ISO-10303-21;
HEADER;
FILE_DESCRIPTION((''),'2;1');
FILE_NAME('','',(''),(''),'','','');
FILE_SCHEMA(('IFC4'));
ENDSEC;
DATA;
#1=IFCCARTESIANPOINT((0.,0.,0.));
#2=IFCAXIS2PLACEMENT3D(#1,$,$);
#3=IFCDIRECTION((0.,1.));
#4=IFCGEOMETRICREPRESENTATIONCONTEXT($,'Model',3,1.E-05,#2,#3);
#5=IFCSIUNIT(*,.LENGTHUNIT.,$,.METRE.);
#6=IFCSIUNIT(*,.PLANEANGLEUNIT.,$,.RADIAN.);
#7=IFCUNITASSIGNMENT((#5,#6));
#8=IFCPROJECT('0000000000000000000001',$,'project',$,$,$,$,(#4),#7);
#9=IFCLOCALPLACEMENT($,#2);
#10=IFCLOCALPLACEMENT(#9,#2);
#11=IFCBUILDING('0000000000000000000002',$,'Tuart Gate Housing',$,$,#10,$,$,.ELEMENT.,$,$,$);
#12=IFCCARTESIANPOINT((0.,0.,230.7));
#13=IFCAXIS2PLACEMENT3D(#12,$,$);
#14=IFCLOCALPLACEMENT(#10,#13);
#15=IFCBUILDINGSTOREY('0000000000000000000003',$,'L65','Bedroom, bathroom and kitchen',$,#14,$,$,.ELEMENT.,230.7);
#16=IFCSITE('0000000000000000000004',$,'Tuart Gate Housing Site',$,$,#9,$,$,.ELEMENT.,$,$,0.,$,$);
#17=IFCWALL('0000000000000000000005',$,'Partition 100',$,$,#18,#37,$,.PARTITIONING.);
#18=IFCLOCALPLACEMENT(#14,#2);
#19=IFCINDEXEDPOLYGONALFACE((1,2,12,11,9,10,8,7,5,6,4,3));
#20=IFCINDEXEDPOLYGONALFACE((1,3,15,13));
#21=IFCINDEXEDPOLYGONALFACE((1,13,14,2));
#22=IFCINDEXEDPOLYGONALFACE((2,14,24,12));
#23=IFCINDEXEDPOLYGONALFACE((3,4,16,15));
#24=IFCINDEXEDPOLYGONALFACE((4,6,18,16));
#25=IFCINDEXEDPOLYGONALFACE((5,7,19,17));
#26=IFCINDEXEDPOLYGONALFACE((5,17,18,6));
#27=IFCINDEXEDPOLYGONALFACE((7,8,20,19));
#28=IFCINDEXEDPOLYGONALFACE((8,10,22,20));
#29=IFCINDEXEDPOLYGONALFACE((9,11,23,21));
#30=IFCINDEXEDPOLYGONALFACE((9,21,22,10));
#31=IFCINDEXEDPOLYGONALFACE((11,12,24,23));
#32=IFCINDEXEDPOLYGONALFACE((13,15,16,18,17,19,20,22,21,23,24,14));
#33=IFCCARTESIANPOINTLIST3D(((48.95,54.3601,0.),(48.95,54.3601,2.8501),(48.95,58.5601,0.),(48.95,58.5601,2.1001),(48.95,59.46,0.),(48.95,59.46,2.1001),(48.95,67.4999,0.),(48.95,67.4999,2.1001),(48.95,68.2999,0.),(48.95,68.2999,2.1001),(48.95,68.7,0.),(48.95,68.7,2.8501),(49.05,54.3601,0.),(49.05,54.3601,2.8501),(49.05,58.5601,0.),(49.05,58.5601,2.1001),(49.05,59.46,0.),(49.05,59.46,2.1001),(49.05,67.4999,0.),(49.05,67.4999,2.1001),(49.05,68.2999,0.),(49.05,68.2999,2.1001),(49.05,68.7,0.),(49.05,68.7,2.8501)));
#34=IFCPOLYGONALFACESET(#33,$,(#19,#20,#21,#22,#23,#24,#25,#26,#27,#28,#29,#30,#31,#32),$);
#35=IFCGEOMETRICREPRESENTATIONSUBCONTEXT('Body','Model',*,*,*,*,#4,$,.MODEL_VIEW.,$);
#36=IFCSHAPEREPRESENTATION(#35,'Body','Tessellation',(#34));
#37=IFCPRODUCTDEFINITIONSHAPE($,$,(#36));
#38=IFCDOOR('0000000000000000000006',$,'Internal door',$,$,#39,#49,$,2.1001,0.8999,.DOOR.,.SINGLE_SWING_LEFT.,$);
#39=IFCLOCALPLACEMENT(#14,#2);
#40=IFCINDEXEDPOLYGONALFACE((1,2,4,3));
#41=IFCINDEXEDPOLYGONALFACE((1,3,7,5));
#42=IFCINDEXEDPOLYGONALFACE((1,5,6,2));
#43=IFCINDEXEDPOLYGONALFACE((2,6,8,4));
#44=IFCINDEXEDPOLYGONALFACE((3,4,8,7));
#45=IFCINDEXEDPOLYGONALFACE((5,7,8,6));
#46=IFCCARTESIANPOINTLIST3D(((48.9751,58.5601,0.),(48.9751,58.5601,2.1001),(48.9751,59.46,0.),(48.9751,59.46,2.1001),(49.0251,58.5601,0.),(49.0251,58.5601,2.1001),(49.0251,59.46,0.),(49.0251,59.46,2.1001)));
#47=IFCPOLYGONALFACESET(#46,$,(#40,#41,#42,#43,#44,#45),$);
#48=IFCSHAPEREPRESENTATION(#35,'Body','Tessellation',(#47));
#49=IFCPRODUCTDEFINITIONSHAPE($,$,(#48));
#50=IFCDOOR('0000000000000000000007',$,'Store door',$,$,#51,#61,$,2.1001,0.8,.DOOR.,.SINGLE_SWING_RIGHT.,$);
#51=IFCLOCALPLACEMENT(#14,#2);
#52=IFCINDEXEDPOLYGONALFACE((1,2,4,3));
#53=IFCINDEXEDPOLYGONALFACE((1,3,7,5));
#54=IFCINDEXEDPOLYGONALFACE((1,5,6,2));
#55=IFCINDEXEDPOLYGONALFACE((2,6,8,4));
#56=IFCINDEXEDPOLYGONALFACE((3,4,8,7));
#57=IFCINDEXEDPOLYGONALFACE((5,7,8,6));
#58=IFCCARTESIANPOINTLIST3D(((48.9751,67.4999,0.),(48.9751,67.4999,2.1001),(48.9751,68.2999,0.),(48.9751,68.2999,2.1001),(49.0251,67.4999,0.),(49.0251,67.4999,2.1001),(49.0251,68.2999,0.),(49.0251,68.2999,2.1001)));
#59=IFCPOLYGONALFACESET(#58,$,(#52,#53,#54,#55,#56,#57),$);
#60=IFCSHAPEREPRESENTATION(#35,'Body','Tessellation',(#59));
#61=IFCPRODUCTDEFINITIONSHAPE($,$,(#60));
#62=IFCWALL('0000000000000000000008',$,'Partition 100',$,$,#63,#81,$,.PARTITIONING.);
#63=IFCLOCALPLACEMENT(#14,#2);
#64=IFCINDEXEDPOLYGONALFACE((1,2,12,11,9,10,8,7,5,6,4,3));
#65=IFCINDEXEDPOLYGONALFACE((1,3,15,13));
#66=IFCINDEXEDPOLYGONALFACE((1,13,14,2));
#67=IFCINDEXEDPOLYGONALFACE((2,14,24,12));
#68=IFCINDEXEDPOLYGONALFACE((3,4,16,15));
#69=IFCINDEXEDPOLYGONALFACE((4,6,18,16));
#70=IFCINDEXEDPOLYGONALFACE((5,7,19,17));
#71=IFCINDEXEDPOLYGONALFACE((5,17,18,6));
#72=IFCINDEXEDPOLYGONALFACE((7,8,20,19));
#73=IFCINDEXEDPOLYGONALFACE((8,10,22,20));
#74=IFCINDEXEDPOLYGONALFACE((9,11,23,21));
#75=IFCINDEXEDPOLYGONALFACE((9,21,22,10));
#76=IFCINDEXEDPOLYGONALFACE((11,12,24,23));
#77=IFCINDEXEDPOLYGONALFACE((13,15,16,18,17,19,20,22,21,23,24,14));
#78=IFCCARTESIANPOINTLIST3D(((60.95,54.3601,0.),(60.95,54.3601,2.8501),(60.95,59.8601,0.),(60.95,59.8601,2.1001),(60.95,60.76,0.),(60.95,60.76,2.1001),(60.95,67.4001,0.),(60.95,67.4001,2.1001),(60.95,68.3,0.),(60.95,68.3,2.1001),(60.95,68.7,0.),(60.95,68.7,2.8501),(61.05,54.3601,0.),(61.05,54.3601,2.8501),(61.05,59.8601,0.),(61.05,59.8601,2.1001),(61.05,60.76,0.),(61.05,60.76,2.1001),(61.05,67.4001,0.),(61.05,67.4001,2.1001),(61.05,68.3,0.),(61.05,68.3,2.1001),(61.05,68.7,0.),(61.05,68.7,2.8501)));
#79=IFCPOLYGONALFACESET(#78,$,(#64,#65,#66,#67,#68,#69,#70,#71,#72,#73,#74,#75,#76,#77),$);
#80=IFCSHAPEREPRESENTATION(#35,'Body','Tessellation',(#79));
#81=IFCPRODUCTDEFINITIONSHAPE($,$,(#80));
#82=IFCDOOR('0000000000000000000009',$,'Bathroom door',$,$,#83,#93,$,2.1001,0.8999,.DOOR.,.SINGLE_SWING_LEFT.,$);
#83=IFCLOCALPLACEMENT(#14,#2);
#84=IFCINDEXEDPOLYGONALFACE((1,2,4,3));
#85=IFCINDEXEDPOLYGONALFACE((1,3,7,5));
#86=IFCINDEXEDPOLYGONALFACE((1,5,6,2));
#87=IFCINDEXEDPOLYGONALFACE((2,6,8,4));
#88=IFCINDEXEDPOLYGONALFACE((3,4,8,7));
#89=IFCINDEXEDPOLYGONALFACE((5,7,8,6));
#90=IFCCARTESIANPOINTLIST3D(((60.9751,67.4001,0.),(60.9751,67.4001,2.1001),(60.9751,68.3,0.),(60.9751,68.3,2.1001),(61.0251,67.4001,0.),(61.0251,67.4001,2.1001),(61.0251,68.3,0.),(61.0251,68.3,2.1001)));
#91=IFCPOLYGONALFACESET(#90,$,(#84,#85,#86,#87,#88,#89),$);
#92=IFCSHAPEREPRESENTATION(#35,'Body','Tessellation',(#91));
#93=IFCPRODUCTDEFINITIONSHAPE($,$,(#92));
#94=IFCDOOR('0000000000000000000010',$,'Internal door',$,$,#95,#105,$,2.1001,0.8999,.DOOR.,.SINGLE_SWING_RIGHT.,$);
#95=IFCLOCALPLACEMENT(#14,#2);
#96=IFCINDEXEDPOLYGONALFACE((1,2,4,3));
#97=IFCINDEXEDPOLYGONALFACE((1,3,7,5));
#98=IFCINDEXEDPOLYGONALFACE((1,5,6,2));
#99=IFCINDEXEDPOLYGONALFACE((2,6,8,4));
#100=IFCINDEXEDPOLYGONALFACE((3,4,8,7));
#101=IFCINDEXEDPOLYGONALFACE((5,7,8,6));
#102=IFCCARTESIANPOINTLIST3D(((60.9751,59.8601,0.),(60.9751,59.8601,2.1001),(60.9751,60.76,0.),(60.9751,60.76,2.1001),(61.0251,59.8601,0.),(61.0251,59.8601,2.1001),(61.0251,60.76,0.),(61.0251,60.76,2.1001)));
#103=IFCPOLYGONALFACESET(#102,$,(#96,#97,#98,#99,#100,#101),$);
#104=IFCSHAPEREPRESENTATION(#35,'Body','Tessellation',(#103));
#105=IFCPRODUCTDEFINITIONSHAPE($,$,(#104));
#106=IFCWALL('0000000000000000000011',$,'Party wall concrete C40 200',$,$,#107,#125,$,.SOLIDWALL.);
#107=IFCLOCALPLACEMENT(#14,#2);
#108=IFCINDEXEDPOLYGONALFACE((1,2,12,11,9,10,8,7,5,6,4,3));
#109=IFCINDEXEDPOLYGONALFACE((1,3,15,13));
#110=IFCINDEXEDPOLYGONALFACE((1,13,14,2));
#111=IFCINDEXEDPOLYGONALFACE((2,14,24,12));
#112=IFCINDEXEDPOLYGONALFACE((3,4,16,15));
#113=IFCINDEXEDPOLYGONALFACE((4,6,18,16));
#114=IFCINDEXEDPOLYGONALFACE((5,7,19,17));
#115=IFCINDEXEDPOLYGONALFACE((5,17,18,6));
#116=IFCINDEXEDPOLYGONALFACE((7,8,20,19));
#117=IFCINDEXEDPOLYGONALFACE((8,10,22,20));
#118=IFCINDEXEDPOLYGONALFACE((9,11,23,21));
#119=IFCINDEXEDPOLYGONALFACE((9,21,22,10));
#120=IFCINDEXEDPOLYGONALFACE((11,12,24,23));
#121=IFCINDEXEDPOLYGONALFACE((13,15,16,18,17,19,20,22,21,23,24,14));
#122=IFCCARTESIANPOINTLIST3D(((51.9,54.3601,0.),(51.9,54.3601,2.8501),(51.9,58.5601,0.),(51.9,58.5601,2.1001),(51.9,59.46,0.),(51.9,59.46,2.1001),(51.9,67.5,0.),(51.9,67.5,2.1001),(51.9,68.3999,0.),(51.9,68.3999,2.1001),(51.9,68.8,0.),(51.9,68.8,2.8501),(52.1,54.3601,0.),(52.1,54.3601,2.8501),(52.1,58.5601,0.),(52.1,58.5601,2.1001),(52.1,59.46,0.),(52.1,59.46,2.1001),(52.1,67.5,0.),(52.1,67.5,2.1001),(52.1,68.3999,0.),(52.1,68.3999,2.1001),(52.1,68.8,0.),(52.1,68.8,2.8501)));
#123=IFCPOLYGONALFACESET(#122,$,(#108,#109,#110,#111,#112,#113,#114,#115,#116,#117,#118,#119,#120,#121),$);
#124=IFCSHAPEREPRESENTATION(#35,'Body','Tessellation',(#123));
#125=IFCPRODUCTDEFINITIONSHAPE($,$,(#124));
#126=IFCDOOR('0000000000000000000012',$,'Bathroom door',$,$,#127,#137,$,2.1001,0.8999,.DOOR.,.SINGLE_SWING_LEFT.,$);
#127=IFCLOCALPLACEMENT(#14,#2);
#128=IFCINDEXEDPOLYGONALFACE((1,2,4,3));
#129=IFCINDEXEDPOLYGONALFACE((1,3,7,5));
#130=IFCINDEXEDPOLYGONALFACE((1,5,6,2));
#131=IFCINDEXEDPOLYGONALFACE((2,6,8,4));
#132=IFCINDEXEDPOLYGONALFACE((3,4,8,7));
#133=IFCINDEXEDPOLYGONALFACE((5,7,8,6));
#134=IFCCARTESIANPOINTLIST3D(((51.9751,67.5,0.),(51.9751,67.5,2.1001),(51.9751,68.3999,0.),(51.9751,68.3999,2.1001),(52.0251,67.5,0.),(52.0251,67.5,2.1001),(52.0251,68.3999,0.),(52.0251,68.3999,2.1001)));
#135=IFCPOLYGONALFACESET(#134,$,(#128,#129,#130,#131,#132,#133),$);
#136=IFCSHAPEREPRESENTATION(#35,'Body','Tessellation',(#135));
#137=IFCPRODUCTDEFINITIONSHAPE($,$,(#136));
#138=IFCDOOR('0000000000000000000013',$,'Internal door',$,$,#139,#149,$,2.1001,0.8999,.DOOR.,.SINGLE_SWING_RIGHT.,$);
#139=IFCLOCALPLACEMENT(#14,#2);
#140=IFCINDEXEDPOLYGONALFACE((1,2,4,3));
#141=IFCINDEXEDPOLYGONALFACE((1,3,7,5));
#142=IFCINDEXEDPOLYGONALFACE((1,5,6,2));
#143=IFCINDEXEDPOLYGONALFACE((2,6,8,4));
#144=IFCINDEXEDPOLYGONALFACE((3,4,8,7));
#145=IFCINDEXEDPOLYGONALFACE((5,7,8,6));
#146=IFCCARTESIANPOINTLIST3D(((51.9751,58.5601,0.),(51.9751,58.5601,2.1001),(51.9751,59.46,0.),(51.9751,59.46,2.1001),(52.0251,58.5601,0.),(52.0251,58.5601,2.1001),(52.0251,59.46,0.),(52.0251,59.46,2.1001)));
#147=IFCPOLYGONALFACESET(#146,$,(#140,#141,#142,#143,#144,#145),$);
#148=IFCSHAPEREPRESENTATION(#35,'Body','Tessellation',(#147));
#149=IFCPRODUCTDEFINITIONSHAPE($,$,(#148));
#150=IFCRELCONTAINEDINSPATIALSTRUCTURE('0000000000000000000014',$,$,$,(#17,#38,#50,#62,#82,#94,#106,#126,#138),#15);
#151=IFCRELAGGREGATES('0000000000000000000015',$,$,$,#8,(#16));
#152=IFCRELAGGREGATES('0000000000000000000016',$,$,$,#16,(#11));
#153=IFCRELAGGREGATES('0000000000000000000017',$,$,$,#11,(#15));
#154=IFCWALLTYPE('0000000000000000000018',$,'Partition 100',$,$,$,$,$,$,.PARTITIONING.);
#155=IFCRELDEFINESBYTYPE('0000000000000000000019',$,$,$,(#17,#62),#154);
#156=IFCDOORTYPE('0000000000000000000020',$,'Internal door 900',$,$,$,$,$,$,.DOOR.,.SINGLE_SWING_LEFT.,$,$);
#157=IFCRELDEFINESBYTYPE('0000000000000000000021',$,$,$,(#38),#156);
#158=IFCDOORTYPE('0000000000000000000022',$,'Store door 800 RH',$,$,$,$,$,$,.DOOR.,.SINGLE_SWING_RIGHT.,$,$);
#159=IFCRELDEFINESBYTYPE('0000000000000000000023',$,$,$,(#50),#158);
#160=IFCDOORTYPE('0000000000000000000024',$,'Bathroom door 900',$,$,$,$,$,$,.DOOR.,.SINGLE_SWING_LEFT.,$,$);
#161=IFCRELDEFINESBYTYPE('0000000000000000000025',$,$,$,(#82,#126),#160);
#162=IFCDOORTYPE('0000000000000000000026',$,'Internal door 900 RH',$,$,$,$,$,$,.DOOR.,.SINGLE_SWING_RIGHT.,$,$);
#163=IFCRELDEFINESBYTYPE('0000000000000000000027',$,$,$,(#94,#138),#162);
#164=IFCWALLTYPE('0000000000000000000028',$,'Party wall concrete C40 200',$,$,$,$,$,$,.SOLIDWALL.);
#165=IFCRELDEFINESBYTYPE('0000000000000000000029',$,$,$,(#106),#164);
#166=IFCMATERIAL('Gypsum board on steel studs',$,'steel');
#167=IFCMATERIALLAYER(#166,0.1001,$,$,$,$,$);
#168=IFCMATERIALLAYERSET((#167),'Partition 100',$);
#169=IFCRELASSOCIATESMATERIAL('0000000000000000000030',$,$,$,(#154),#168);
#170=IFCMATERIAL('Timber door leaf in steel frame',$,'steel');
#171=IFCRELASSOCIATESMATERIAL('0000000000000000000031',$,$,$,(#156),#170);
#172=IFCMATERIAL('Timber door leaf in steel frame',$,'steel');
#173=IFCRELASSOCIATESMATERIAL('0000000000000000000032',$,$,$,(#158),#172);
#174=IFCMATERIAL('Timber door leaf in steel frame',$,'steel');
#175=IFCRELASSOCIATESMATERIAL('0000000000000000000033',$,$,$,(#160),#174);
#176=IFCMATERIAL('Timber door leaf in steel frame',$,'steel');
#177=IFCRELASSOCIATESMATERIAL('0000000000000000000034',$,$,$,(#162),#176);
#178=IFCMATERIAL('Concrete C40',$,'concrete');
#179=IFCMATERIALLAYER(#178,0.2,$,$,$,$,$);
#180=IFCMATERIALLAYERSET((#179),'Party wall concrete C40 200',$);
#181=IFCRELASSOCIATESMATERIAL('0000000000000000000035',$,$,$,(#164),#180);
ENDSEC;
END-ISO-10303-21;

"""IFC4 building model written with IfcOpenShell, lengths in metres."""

from ifc_helpers import new_model, si_unit, direction, frame, frame_2d, origin, place, context, subcontext, project, spatial, rectangle, extrude, material, layer, layer_set, type_object, element, fill, save


model = new_model("IFC4")

# Units and contexts
model_context = context("Model", 3, precision=1e-05, world=origin(), true_north=direction((0.0, 1.0)))
body_context = subcontext(model_context, "Body", "Model", "MODEL_VIEW")
ifc_project = project(units=[si_unit("LENGTHUNIT", "METRE"), si_unit("PLANEANGLEUNIT", "RADIAN")], contexts=[model_context])

# Site, building, storey
site_placement = place(None, origin())
site = spatial("IfcSite", under=ifc_project, at=site_placement, Name="Tuart Gate Housing Site", CompositionType="ELEMENT", RefElevation=0.0)
building_placement = place(site_placement, origin())
building = spatial("IfcBuilding", under=site, at=building_placement, Name="Tuart Gate Housing", CompositionType="ELEMENT")
storey_placement = place(building_placement, frame((0.0, 0.0, 230.7)))
storey = spatial("IfcBuildingStorey", under=building, at=storey_placement, Name="L65", Description="Bedroom, bathroom and kitchen", CompositionType="ELEMENT", Elevation=230.7)

# Walls, openings, doors
ifc_material_1 = material(Name="Gypsum board on steel studs", Category="steel")
ifc_layer_1 = layer(ifc_material_1, 0.1001)
ifc_layer_set_1 = layer_set([ifc_layer_1], Name="Partition 100")
wall_type_1 = type_object("IfcWallType", Name="Partition 100", PredefinedType="PARTITIONING", material=ifc_layer_set_1)
wall_1_placement = place(storey_placement, frame((49.0, 54.3601, 0.0), z_axis=(0.0, 0.0, 1.0), x_axis=(0.0, 1.0, 0.0)))
wall_1 = element("IfcWall", 1, at=wall_1_placement, inside=storey, type_object=wall_type_1, Name="Partition 100", PredefinedType="PARTITIONING", context=body_context, shape_type="SweptSolid", body=[
    extrude(rectangle(XDim=14.3398, YDim=0.1001, at=frame_2d((7.1699, 0.0))), origin(), (0.0, 0.0, 1.0), 2.8501),
])
opening_1_placement = place(wall_1_placement, frame((4.2, 0.0, 0.0)))
opening_1 = element("IfcOpeningElement", 2, at=opening_1_placement, cuts=wall_1, PredefinedType="OPENING", context=body_context, shape_type="SweptSolid", body=[
    extrude(rectangle(XDim=0.8999, YDim=2.1001, at=frame_2d((0.45, 1.05))), frame((0.0, 0.0601, 0.0), z_axis=(0.0, -1.0, 0.0), x_axis=(1.0, 0.0, 0.0)), (0.0, 0.0, 1.0), 0.1201),
])
opening_2_placement = place(wall_1_placement, frame((13.1399, 0.0, 0.0)))
opening_2 = element("IfcOpeningElement", 3, at=opening_2_placement, cuts=wall_1, PredefinedType="OPENING", context=body_context, shape_type="SweptSolid", body=[
    extrude(rectangle(XDim=0.8, YDim=2.1001, at=frame_2d((0.3999, 1.05))), frame((0.0, 0.0601, 0.0), z_axis=(0.0, -1.0, 0.0), x_axis=(1.0, 0.0, 0.0)), (0.0, 0.0, 1.0), 0.1201),
])
ifc_material_2 = material(Name="Timber door leaf in steel frame", Category="steel")
door_type_1 = type_object("IfcDoorType", Name="Internal door 900", OperationType="SINGLE_SWING_LEFT", PredefinedType="DOOR", material=ifc_material_2)
door_1_placement = place(opening_1_placement, origin())
door_1 = element("IfcDoor", 4, at=door_1_placement, inside=storey, type_object=door_type_1, Name="Internal door", OperationType="SINGLE_SWING_LEFT", OverallHeight=2.1001, OverallWidth=0.8999, PredefinedType="DOOR", context=body_context, shape_type="SweptSolid", body=[
    extrude(rectangle(XDim=0.8999, YDim=2.1001, at=frame_2d((0.45, 1.05))), frame((0.0, 0.0249, 0.0), z_axis=(0.0, -1.0, 0.0), x_axis=(1.0, 0.0, 0.0)), (0.0, 0.0, 1.0), 0.05),
])
fill(opening_1, door_1)
ifc_material_3 = material(Name="Timber door leaf in steel frame", Category="steel")
door_type_2 = type_object("IfcDoorType", Name="Store door 800 RH", OperationType="SINGLE_SWING_RIGHT", PredefinedType="DOOR", material=ifc_material_3)
door_2_placement = place(opening_2_placement, origin())
door_2 = element("IfcDoor", 5, at=door_2_placement, inside=storey, type_object=door_type_2, Name="Store door", OperationType="SINGLE_SWING_RIGHT", OverallHeight=2.1001, OverallWidth=0.8, PredefinedType="DOOR", context=body_context, shape_type="SweptSolid", body=[
    extrude(rectangle(XDim=0.8, YDim=2.1001, at=frame_2d((0.3999, 1.05))), frame((0.0, 0.0249, 0.0), z_axis=(0.0, -1.0, 0.0), x_axis=(1.0, 0.0, 0.0)), (0.0, 0.0, 1.0), 0.05),
])
fill(opening_2, door_2)
wall_2_placement = place(storey_placement, frame((61.0, 54.3601, 0.0), z_axis=(0.0, 0.0, 1.0), x_axis=(0.0, 1.0, 0.0)))
wall_2 = element("IfcWall", 6, at=wall_2_placement, inside=storey, type_object=wall_type_1, Name="Partition 100", PredefinedType="PARTITIONING", context=body_context, shape_type="SweptSolid", body=[
    extrude(rectangle(XDim=14.3398, YDim=0.1001, at=frame_2d((7.1699, 0.0))), origin(), (0.0, 0.0, 1.0), 2.8501),
])
opening_3_placement = place(wall_2_placement, frame((5.5, 0.0, 0.0)))
opening_3 = element("IfcOpeningElement", 7, at=opening_3_placement, cuts=wall_2, PredefinedType="OPENING", context=body_context, shape_type="SweptSolid", body=[
    extrude(rectangle(XDim=0.8999, YDim=2.1001, at=frame_2d((0.45, 1.05))), frame((0.0, 0.0601, 0.0), z_axis=(0.0, -1.0, 0.0), x_axis=(1.0, 0.0, 0.0)), (0.0, 0.0, 1.0), 0.1201),
])
opening_4_placement = place(wall_2_placement, frame((13.04, 0.0, 0.0)))
opening_4 = element("IfcOpeningElement", 8, at=opening_4_placement, cuts=wall_2, PredefinedType="OPENING", context=body_context, shape_type="SweptSolid", body=[
    extrude(rectangle(XDim=0.8999, YDim=2.1001, at=frame_2d((0.45, 1.05))), frame((0.0, 0.0601, 0.0), z_axis=(0.0, -1.0, 0.0), x_axis=(1.0, 0.0, 0.0)), (0.0, 0.0, 1.0), 0.1201),
])
ifc_material_4 = material(Name="Timber door leaf in steel frame", Category="steel")
door_type_3 = type_object("IfcDoorType", Name="Bathroom door 900", OperationType="SINGLE_SWING_LEFT", PredefinedType="DOOR", material=ifc_material_4)
door_3_placement = place(opening_4_placement, frame((0.8999, 0.0, 0.0), z_axis=(0.0, 0.0, 1.0), x_axis=(-1.0, 0.0, 0.0)))
door_3 = element("IfcDoor", 9, at=door_3_placement, inside=storey, type_object=door_type_3, Name="Bathroom door", OperationType="SINGLE_SWING_LEFT", OverallHeight=2.1001, OverallWidth=0.8999, PredefinedType="DOOR", context=body_context, shape_type="SweptSolid", body=[
    extrude(rectangle(XDim=0.8999, YDim=2.1001, at=frame_2d((0.45, 1.05))), frame((0.0, 0.0251, 0.0), z_axis=(0.0, -1.0, 0.0), x_axis=(1.0, 0.0, 0.0)), (0.0, 0.0, 1.0), 0.05),
])
fill(opening_4, door_3)
ifc_material_5 = material(Name="Timber door leaf in steel frame", Category="steel")
door_type_4 = type_object("IfcDoorType", Name="Internal door 900 RH", OperationType="SINGLE_SWING_RIGHT", PredefinedType="DOOR", material=ifc_material_5)
door_4_placement = place(opening_3_placement, frame((0.8999, 0.0, 0.0), z_axis=(0.0, 0.0, 1.0), x_axis=(-1.0, 0.0, 0.0)))
door_4 = element("IfcDoor", 10, at=door_4_placement, inside=storey, type_object=door_type_4, Name="Internal door", OperationType="SINGLE_SWING_RIGHT", OverallHeight=2.1001, OverallWidth=0.8999, PredefinedType="DOOR", context=body_context, shape_type="SweptSolid", body=[
    extrude(rectangle(XDim=0.8999, YDim=2.1001, at=frame_2d((0.45, 1.05))), frame((0.0, 0.0251, 0.0), z_axis=(0.0, -1.0, 0.0), x_axis=(1.0, 0.0, 0.0)), (0.0, 0.0, 1.0), 0.05),
])
fill(opening_3, door_4)
ifc_material_6 = material(Name="Concrete C40", Category="concrete")
ifc_layer_2 = layer(ifc_material_6, 0.2)
ifc_layer_set_2 = layer_set([ifc_layer_2], Name="Party wall concrete C40 200")
wall_type_2 = type_object("IfcWallType", Name="Party wall concrete C40 200", PredefinedType="SOLIDWALL", material=ifc_layer_set_2)
wall_3_placement = place(storey_placement, frame((52.0, 54.3601, 0.0), z_axis=(0.0, 0.0, 1.0), x_axis=(0.0, 1.0, 0.0)))
wall_3 = element("IfcWall", 11, at=wall_3_placement, inside=storey, type_object=wall_type_2, Name="Party wall concrete C40 200", PredefinedType="SOLIDWALL", context=body_context, shape_type="SweptSolid", body=[
    extrude(rectangle(XDim=14.4399, YDim=0.2, at=frame_2d((7.22, 0.0))), origin(), (0.0, 0.0, 1.0), 2.8501),
])
opening_5_placement = place(wall_3_placement, frame((4.2, 0.0, 0.0)))
opening_5 = element("IfcOpeningElement", 12, at=opening_5_placement, cuts=wall_3, PredefinedType="OPENING", context=body_context, shape_type="SweptSolid", body=[
    extrude(rectangle(XDim=0.8999, YDim=2.1001, at=frame_2d((0.45, 1.05))), frame((0.0, 0.1099, 0.0), z_axis=(0.0, -1.0, 0.0), x_axis=(1.0, 0.0, 0.0)), (0.0, 0.0, 1.0), 0.22),
])
opening_6_placement = place(wall_3_placement, frame((13.1399, 0.0, 0.0)))
opening_6 = element("IfcOpeningElement", 13, at=opening_6_placement, cuts=wall_3, PredefinedType="OPENING", context=body_context, shape_type="SweptSolid", body=[
    extrude(rectangle(XDim=0.8999, YDim=2.1001, at=frame_2d((0.45, 1.05))), frame((0.0, 0.1099, 0.0), z_axis=(0.0, -1.0, 0.0), x_axis=(1.0, 0.0, 0.0)), (0.0, 0.0, 1.0), 0.22),
])
door_5_placement = place(opening_6_placement, frame((0.8999, 0.0, 0.0), z_axis=(0.0, 0.0, 1.0), x_axis=(-1.0, 0.0, 0.0)))
door_5 = element("IfcDoor", 14, at=door_5_placement, inside=storey, type_object=door_type_3, Name="Bathroom door", OperationType="SINGLE_SWING_LEFT", OverallHeight=2.1001, OverallWidth=0.8999, PredefinedType="DOOR", context=body_context, shape_type="SweptSolid", body=[
    extrude(rectangle(XDim=0.8999, YDim=2.1001, at=frame_2d((0.45, 1.05))), frame((0.0, 0.0251, 0.0), z_axis=(0.0, -1.0, 0.0), x_axis=(1.0, 0.0, 0.0)), (0.0, 0.0, 1.0), 0.05),
])
fill(opening_6, door_5)
door_6_placement = place(opening_5_placement, frame((0.8999, 0.0, 0.0), z_axis=(0.0, 0.0, 1.0), x_axis=(-1.0, 0.0, 0.0)))
door_6 = element("IfcDoor", 15, at=door_6_placement, inside=storey, type_object=door_type_4, Name="Internal door", OperationType="SINGLE_SWING_RIGHT", OverallHeight=2.1001, OverallWidth=0.8999, PredefinedType="DOOR", context=body_context, shape_type="SweptSolid", body=[
    extrude(rectangle(XDim=0.8999, YDim=2.1001, at=frame_2d((0.45, 1.05))), frame((0.0, 0.0251, 0.0), z_axis=(0.0, -1.0, 0.0), x_axis=(1.0, 0.0, 0.0)), (0.0, 0.0, 1.0), 0.05),
])
fill(opening_5, door_6)

save(model, "model.ifc")
